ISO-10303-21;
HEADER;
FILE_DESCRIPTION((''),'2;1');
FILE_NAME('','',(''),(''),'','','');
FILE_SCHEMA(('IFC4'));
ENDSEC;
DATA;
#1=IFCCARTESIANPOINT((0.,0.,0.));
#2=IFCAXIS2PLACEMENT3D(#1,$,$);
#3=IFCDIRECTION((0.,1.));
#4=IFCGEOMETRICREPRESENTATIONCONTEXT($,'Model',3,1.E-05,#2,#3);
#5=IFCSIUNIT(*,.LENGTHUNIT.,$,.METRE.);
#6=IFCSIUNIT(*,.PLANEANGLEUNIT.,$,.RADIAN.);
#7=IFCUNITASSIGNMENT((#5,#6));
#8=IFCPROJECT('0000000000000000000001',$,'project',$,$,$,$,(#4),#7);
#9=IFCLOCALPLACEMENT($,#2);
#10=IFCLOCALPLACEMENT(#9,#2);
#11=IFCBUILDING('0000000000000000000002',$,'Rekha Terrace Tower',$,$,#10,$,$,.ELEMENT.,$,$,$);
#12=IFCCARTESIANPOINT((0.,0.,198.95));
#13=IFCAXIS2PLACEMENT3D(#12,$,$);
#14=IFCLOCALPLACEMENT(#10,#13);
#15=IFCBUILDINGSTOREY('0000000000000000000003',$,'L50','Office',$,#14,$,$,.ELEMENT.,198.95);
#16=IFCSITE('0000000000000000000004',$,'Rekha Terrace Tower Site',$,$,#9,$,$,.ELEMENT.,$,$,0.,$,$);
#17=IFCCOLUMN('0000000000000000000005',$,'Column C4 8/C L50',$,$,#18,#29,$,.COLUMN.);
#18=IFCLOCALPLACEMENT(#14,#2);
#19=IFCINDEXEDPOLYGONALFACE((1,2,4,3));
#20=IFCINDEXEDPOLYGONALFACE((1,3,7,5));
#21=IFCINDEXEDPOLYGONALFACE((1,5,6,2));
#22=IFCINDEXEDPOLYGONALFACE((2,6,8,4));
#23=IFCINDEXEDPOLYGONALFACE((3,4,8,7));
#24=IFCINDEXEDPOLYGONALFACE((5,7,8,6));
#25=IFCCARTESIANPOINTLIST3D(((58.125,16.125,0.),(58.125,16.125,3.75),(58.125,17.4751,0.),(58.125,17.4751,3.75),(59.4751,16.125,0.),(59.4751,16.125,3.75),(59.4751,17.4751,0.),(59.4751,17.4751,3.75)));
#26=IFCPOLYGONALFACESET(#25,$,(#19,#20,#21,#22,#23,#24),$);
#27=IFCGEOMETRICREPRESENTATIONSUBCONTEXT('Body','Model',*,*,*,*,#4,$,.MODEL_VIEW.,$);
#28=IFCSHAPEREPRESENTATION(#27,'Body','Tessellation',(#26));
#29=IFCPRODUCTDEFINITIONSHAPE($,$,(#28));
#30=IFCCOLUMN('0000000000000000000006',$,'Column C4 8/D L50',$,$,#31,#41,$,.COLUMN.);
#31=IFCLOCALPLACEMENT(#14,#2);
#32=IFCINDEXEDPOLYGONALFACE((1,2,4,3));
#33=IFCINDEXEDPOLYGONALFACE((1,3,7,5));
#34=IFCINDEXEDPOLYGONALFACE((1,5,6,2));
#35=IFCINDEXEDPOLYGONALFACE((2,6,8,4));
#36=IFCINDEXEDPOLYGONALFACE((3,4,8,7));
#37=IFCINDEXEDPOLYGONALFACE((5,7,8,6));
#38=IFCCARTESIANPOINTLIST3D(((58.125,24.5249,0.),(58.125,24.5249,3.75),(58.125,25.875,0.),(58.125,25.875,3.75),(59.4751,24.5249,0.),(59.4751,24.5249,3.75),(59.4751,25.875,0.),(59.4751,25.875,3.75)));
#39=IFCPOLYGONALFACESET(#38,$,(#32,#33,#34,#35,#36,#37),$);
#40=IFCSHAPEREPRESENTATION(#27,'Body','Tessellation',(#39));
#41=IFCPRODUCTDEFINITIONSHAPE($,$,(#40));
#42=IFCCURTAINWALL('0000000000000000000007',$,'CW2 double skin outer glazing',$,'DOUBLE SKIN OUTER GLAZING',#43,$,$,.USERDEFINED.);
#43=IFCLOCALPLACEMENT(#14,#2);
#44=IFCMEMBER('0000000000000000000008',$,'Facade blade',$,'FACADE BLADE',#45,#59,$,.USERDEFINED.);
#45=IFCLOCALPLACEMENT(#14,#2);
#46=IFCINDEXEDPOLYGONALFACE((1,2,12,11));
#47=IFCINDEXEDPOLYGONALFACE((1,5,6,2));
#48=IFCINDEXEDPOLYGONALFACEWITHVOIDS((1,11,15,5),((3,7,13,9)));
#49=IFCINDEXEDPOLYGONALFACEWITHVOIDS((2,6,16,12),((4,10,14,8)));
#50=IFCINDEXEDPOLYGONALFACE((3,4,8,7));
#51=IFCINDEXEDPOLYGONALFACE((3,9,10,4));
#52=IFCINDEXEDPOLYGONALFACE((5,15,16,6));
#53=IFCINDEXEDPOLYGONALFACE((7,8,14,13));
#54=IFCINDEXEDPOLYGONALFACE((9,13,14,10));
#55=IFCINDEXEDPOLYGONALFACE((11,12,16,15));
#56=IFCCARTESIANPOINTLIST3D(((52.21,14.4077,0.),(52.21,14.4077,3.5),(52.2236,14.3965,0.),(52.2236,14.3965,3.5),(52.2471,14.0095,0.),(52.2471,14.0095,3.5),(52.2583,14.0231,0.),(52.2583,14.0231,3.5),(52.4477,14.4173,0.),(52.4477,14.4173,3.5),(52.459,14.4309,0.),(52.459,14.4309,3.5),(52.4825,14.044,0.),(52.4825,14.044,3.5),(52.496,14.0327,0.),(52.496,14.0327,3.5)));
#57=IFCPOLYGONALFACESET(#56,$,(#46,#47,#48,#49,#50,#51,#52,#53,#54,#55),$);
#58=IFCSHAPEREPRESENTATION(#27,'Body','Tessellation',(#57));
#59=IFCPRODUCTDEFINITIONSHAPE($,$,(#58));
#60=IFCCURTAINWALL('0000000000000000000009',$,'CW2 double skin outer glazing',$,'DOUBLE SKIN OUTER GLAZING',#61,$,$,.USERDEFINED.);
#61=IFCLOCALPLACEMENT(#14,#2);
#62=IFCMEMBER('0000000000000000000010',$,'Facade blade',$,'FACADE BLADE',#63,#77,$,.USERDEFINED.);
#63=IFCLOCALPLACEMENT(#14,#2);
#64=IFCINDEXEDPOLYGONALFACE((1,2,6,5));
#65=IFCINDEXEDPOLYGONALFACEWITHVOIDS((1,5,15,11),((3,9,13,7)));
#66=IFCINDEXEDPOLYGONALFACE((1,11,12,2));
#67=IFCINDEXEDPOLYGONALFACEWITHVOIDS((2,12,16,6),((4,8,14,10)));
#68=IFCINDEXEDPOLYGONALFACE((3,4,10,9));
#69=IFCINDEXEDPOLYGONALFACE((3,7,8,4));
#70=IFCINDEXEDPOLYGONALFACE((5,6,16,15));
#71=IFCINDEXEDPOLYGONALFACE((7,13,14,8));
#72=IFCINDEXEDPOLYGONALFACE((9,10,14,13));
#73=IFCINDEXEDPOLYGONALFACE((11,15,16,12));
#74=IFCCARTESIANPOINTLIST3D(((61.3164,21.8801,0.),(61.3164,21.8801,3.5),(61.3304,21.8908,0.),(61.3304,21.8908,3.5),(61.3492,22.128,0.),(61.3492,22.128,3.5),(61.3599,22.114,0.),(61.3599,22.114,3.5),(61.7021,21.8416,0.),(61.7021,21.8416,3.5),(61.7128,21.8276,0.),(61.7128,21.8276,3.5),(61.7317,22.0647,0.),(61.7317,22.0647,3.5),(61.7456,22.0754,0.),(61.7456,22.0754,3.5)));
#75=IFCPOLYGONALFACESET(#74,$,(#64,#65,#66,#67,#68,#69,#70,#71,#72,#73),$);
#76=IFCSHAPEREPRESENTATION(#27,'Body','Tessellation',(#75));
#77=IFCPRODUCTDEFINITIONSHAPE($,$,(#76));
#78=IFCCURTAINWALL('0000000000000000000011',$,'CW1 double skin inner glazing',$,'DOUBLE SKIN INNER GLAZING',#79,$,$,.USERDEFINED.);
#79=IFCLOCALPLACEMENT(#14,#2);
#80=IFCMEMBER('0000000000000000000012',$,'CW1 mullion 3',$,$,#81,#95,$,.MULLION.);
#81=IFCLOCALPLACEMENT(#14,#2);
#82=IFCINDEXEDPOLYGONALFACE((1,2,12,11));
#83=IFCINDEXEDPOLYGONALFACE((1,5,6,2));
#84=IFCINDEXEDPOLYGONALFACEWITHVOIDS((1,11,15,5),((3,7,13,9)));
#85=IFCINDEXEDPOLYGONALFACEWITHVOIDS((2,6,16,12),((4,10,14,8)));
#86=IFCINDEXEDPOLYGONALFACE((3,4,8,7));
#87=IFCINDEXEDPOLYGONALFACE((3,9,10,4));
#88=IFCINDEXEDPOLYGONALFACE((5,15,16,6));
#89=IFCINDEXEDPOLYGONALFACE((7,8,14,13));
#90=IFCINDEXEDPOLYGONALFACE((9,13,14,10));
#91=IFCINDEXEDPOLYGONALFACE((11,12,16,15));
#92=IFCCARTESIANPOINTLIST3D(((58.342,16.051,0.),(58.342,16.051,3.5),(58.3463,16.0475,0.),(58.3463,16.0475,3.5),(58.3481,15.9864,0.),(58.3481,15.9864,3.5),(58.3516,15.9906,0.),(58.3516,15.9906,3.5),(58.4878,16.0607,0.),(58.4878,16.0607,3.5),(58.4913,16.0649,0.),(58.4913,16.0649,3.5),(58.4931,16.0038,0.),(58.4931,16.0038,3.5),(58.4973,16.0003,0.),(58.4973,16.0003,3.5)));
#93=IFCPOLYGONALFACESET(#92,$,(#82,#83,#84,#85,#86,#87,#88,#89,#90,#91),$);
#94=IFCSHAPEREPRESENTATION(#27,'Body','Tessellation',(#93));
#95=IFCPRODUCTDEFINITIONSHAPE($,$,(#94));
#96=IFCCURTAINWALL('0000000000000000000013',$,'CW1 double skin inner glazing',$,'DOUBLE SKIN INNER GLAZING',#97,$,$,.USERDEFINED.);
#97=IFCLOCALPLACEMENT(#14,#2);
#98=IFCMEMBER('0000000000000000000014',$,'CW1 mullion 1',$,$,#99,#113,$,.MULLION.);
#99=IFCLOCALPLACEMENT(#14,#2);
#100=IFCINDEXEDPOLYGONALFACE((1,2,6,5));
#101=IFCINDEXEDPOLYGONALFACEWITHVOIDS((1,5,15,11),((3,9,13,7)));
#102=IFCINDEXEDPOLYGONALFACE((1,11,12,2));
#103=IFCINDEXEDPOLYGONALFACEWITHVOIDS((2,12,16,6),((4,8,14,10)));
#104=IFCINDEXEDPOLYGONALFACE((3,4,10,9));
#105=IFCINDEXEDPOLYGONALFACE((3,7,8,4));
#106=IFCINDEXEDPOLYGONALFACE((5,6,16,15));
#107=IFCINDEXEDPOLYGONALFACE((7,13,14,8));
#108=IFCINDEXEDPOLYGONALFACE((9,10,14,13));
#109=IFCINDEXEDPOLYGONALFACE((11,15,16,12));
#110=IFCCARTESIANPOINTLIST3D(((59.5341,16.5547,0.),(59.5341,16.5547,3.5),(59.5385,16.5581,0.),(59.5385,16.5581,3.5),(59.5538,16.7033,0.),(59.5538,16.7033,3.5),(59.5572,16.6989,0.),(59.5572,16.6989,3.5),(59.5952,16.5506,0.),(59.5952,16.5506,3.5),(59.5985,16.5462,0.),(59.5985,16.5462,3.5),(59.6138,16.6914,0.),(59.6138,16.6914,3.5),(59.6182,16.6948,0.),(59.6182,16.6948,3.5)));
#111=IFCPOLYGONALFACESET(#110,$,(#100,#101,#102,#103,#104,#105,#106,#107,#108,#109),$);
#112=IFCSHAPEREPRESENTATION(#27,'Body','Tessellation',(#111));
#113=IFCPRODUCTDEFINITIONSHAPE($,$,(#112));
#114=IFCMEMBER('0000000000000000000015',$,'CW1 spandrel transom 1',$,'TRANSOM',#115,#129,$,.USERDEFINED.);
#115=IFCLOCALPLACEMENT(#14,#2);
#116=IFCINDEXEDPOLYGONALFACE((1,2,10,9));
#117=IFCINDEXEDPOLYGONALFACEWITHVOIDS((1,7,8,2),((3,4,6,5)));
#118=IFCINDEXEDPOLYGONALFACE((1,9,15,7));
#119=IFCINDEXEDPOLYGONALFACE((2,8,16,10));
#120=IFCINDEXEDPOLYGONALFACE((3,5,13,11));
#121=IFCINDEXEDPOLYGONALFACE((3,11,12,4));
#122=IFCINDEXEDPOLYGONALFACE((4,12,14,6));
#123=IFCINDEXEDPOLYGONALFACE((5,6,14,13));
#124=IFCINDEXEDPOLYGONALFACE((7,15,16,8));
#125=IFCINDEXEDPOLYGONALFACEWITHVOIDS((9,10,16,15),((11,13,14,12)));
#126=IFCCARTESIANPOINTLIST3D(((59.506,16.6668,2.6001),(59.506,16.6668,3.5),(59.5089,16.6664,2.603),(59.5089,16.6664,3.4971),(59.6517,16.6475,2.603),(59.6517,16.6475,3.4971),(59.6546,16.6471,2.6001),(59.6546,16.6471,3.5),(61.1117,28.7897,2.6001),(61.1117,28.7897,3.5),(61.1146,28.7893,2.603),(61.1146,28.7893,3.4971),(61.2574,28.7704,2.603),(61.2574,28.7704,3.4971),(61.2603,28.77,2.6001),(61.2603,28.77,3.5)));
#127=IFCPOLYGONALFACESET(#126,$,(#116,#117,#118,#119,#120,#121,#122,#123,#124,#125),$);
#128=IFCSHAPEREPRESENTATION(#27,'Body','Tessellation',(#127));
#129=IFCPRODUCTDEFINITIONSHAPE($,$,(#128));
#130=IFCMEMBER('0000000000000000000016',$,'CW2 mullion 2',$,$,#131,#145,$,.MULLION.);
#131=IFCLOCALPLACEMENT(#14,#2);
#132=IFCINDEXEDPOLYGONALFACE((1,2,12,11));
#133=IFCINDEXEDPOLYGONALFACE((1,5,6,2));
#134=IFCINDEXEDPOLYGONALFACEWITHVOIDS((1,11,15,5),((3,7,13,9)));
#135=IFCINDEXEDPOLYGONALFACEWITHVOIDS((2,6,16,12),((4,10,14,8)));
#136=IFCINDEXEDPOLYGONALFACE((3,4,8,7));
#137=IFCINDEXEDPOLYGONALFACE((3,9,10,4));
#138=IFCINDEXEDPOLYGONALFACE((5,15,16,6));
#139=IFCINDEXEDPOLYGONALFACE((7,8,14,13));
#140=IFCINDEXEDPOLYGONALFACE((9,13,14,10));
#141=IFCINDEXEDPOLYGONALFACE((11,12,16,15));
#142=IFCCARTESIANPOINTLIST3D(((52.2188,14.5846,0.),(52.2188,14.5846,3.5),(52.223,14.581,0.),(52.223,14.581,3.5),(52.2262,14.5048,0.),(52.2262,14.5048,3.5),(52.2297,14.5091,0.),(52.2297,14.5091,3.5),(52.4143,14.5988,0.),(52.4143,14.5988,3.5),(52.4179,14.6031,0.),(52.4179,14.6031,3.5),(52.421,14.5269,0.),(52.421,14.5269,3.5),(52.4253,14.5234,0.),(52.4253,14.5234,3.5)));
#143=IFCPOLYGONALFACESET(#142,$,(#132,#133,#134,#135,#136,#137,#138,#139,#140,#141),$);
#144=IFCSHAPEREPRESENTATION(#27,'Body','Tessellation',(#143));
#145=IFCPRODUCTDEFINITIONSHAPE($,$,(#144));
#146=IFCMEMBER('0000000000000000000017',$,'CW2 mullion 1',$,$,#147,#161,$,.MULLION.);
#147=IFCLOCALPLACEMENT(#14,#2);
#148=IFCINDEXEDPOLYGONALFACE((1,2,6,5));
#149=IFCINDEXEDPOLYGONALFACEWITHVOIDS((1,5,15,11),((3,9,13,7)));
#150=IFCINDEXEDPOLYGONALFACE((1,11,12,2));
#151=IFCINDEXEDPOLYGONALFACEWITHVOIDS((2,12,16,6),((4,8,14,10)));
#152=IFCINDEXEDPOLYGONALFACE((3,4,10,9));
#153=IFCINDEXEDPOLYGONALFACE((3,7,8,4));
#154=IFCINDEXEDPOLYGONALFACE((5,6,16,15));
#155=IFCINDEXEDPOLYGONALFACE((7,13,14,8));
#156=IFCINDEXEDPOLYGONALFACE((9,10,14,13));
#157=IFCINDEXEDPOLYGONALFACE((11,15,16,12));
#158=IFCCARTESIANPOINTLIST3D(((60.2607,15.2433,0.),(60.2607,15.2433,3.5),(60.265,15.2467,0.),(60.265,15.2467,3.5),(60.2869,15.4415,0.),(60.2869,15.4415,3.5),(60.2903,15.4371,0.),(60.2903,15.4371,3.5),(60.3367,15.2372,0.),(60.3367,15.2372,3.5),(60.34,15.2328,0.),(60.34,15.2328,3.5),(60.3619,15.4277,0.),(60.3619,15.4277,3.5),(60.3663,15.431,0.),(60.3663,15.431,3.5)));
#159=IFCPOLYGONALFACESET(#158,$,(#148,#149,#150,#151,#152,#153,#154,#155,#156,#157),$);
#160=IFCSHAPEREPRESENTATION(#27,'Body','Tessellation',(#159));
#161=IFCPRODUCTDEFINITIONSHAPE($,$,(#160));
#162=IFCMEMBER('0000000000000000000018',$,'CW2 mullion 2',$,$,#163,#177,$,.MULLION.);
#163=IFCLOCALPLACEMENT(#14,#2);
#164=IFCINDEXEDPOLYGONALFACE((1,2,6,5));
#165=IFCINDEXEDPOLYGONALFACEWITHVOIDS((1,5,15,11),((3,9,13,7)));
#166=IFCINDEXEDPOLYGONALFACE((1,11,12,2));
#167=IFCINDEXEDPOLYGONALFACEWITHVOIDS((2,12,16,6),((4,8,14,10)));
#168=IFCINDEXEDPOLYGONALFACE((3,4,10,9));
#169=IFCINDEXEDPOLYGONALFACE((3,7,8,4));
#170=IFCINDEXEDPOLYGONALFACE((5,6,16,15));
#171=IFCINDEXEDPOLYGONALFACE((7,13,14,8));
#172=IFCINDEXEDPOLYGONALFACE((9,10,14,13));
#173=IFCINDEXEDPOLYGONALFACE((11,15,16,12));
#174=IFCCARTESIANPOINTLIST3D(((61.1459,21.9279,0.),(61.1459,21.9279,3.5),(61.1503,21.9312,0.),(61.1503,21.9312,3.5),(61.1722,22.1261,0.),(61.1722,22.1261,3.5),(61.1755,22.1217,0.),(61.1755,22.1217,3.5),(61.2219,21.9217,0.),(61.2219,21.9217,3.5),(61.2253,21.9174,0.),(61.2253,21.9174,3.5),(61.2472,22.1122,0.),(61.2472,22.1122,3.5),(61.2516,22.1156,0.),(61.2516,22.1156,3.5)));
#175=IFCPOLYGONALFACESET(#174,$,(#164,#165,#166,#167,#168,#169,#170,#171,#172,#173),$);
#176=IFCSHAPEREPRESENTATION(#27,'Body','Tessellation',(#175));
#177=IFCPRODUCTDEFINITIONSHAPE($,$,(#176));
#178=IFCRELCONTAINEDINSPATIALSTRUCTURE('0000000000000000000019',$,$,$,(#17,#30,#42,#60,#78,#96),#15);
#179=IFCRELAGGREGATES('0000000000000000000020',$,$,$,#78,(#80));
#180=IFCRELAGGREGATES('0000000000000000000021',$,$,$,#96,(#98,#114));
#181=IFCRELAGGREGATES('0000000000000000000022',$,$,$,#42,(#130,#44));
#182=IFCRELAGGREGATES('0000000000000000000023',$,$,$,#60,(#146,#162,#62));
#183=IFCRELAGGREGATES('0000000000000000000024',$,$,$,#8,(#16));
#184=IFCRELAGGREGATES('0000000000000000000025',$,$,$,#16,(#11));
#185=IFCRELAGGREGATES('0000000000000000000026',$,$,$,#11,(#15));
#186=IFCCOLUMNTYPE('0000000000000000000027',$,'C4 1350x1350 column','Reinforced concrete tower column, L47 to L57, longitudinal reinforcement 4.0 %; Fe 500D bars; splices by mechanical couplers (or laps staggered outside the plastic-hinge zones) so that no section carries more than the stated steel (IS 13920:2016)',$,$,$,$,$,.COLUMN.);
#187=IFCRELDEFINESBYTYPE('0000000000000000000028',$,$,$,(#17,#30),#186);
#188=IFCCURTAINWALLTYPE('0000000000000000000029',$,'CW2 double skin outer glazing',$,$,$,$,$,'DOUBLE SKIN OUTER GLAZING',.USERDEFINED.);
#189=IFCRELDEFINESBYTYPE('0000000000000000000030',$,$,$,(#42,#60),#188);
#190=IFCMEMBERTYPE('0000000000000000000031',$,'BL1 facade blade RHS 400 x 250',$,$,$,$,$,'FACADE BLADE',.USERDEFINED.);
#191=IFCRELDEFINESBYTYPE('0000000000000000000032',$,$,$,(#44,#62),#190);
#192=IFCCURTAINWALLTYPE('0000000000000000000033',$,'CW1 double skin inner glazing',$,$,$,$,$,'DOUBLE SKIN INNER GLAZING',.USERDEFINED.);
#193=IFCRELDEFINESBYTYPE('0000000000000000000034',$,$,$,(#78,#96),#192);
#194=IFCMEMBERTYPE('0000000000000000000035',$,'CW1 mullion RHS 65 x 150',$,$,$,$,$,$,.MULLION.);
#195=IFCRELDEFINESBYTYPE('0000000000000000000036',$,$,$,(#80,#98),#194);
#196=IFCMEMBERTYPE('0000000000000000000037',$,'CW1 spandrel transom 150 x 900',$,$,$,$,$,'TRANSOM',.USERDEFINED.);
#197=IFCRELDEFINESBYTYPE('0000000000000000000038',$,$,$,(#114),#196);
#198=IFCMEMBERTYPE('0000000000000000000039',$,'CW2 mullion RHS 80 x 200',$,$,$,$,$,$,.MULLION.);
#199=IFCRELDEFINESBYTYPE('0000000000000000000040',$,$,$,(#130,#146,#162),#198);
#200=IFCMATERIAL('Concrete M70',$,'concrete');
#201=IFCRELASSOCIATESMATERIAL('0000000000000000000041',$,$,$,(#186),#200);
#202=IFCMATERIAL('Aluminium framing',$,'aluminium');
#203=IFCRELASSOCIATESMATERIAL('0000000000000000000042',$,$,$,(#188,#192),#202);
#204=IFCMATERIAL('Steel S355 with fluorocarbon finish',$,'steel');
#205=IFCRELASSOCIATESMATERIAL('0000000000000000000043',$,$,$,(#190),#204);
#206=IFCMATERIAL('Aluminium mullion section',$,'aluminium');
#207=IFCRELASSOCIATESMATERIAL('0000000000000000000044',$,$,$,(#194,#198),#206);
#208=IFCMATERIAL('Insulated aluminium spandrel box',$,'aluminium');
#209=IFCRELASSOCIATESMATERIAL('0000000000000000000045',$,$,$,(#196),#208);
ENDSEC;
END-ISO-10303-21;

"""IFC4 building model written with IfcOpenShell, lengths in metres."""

from ifc_helpers import new_model, si_unit, direction, frame, origin, origin_2d, place, context, subcontext, project, spatial, rectangle, hollow_rectangle, extrude, material, material_profile, profile_set, type_object, element, aggregate, save


model = new_model("IFC4")

# Units and contexts
model_context = context("Model", 3, precision=1e-05, world=origin(), true_north=direction((0.0, 1.0)))
body_context = subcontext(model_context, "Body", "Model", "MODEL_VIEW")
ifc_project = project(units=[si_unit("LENGTHUNIT", "METRE"), si_unit("PLANEANGLEUNIT", "RADIAN")], contexts=[model_context])

# Site, building, storey
site_placement = place(None, origin())
site = spatial("IfcSite", under=ifc_project, at=site_placement, Name="Rekha Terrace Tower Site", CompositionType="ELEMENT", RefElevation=0.0)
building_placement = place(site_placement, origin())
building = spatial("IfcBuilding", under=site, at=building_placement, Name="Rekha Terrace Tower", CompositionType="ELEMENT")
storey_placement = place(building_placement, frame((0.0, 0.0, 198.95)))
storey = spatial("IfcBuildingStorey", under=building, at=storey_placement, Name="L50", Description="Office", CompositionType="ELEMENT", Elevation=198.95)

# Columns
ifc_material_1 = material(Name="Concrete M70", Category="concrete")
ifc_material_profile_1 = material_profile(ifc_material_1, rectangle(XDim=1.3501, YDim=1.3501, at=origin_2d()), Name="RC 1350x1350")
ifc_profile_set_1 = profile_set([ifc_material_profile_1], Name="Concrete M70")
column_type = type_object("IfcColumnType", Name="C4 1350x1350 column", Description="Reinforced concrete tower column, L47 to L57, longitudinal reinforcement 4.0 %; Fe 500D bars; splices by mechanical couplers (or laps staggered outside the plastic-hinge zones) so that no section carries more than the stated steel (IS 13920:2016)", PredefinedType="COLUMN", material=ifc_profile_set_1)
for number, where, z_axis, x_axis, name in (
    (1, (58.8, 16.8, 0.0), (0.0, 0.0, 1.0), (1.0, 0.0, 0.0), "Column C4 8/C L50"),
    (2, (58.8, 25.2, 0.0), (0.0, 0.0, 1.0), (1.0, 0.0, 0.0), "Column C4 8/D L50"),
):
    element("IfcColumn", number, at=place(storey_placement, frame(where, z_axis=z_axis, x_axis=x_axis)), inside=storey, type_object=column_type, Name=name, PredefinedType="COLUMN", context=body_context, shape_type="SweptSolid", body=[
        extrude(rectangle(XDim=1.3501, YDim=1.3501, at=origin_2d()), origin(), (0.0, 0.0, 1.0), 3.75),
    ])

# Curtain walls, members
ifc_material_2 = material(Name="Aluminium framing", Category="aluminium")
curtain_wall_type_1 = type_object("IfcCurtainWallType", Name="CW2 double skin outer glazing", ElementType="DOUBLE SKIN OUTER GLAZING", PredefinedType="USERDEFINED", material=ifc_material_2)
curtain_wall_1_placement = place(storey_placement, origin())
curtain_wall_1 = element("IfcCurtainWall", 3, at=curtain_wall_1_placement, inside=storey, type_object=curtain_wall_type_1, Name="CW2 double skin outer glazing", ObjectType="DOUBLE SKIN OUTER GLAZING", PredefinedType="USERDEFINED")
ifc_material_3 = material(Name="Steel S355 with fluorocarbon finish", Category="steel")
ifc_material_profile_2 = material_profile(ifc_material_3, hollow_rectangle(XDim=0.25, YDim=0.3999, WallThickness=0.0125, at=origin_2d()), Name="RHS400x250x12.5")
ifc_profile_set_2 = profile_set([ifc_material_profile_2], Name="Steel S355 with fluorocarbon finish")
member_type_1 = type_object("IfcMemberType", Name="BL1 facade blade RHS 400 x 250", ElementType="FACADE BLADE", PredefinedType="USERDEFINED", material=ifc_profile_set_2)
member_1_placement = place(storey_placement, frame((52.353, 14.2202, 0.0), z_axis=(0.0, 0.0, 1.0), x_axis=(0.995693, 0.092709, 0.0)))
member_1 = element("IfcMember", 4, at=member_1_placement, type_object=member_type_1, Name="Facade blade", ObjectType="FACADE BLADE", PredefinedType="USERDEFINED", context=body_context, shape_type="SweptSolid", body=[
    extrude(hollow_rectangle(XDim=0.25, YDim=0.3999, WallThickness=0.0125, at=origin_2d()), origin(), (0.0, 0.0, 1.0), 3.5),
])
curtain_wall_2_placement = place(storey_placement, origin())
curtain_wall_2 = element("IfcCurtainWall", 5, at=curtain_wall_2_placement, inside=storey, type_object=curtain_wall_type_1, Name="CW2 double skin outer glazing", ObjectType="DOUBLE SKIN OUTER GLAZING", PredefinedType="USERDEFINED")
member_2_placement = place(storey_placement, frame((61.531, 21.9778, 0.0), z_axis=(0.0, 0.0, 1.0), x_axis=(0.131303, 0.991342, 0.0)))
member_2 = element("IfcMember", 6, at=member_2_placement, type_object=member_type_1, Name="Facade blade", ObjectType="FACADE BLADE", PredefinedType="USERDEFINED", context=body_context, shape_type="SweptSolid", body=[
    extrude(hollow_rectangle(XDim=0.25, YDim=0.3999, WallThickness=0.0125, at=origin_2d()), origin(), (0.0, 0.0, 1.0), 3.5),
])
curtain_wall_type_2 = type_object("IfcCurtainWallType", Name="CW1 double skin inner glazing", ElementType="DOUBLE SKIN INNER GLAZING", PredefinedType="USERDEFINED", material=ifc_material_2)
curtain_wall_3_placement = place(storey_placement, origin())
curtain_wall_3 = element("IfcCurtainWall", 7, at=curtain_wall_3_placement, inside=storey, type_object=curtain_wall_type_2, Name="CW1 double skin inner glazing", ObjectType="DOUBLE SKIN INNER GLAZING", PredefinedType="USERDEFINED")
ifc_material_4 = material(Name="Aluminium mullion section", Category="aluminium")
ifc_material_profile_3 = material_profile(ifc_material_4, hollow_rectangle(XDim=0.0649, YDim=0.1499, WallThickness=0.0039, at=origin_2d()), Name="AL RHS 65x150")
ifc_profile_set_3 = profile_set([ifc_material_profile_3], Name="Aluminium mullion section")
member_type_2 = type_object("IfcMemberType", Name="CW1 mullion RHS 65 x 150", PredefinedType="MULLION", material=ifc_profile_set_3)
member_3_placement = place(storey_placement, frame((58.4197, 16.0256, 0.0), z_axis=(0.0, 0.0, 1.0), x_axis=(-0.092709, 0.995693, 0.0)))
member_3 = element("IfcMember", 8, at=member_3_placement, type_object=member_type_2, Name="CW1 mullion 3", PredefinedType="MULLION", context=body_context, shape_type="SweptSolid", body=[
    extrude(hollow_rectangle(XDim=0.0649, YDim=0.1499, WallThickness=0.0039, at=origin_2d()), origin(), (0.0, 0.0, 1.0), 3.5),
])

# Curtain wall, members
curtain_wall_4_placement = place(storey_placement, origin())
curtain_wall_4 = element("IfcCurtainWall", 9, at=curtain_wall_4_placement, inside=storey, type_object=curtain_wall_type_2, Name="CW1 double skin inner glazing", ObjectType="DOUBLE SKIN INNER GLAZING", PredefinedType="USERDEFINED")
member_4_placement = place(storey_placement, frame((59.5762, 16.6248, 0.0), z_axis=(0.0, 0.0, 1.0), x_axis=(-0.991342, 0.131304, 0.0)))
member_4 = element("IfcMember", 10, at=member_4_placement, type_object=member_type_2, Name="CW1 mullion 1", PredefinedType="MULLION", context=body_context, shape_type="SweptSolid", body=[
    extrude(hollow_rectangle(XDim=0.0649, YDim=0.1499, WallThickness=0.0039, at=origin_2d()), origin(), (0.0, 0.0, 1.0), 3.5),
])
ifc_material_5 = material(Name="Insulated aluminium spandrel box", Category="aluminium")
ifc_material_profile_4 = material_profile(ifc_material_5, hollow_rectangle(XDim=0.1499, YDim=0.8999, WallThickness=0.0029, at=origin_2d()), Name="AL SPANDREL BOX 150x900")
ifc_profile_set_4 = profile_set([ifc_material_profile_4], Name="Insulated aluminium spandrel box")
member_type_3 = type_object("IfcMemberType", Name="CW1 spandrel transom 150 x 900", ElementType="TRANSOM", PredefinedType="USERDEFINED", material=ifc_profile_set_4)
member_5_placement = place(storey_placement, frame((59.5803, 16.657, 3.05), z_axis=(0.131307, 0.991342, 0.0), x_axis=(-0.991342, 0.131307, 0.0)))
member_5 = element("IfcMember", 11, at=member_5_placement, type_object=member_type_3, Name="CW1 spandrel transom 1", ObjectType="TRANSOM", PredefinedType="USERDEFINED", context=body_context, shape_type="SweptSolid", body=[
    extrude(hollow_rectangle(XDim=0.1499, YDim=0.8999, WallThickness=0.0029, at=origin_2d()), origin(), (0.0, 0.0, 1.0), 12.2288),
])

# Members
ifc_material_profile_5 = material_profile(ifc_material_4, hollow_rectangle(XDim=0.0801, YDim=0.2, WallThickness=0.0039, at=origin_2d()), Name="AL RHS 80x200")
ifc_profile_set_5 = profile_set([ifc_material_profile_5], Name="Aluminium mullion section")
member_type_4 = type_object("IfcMemberType", Name="CW2 mullion RHS 80 x 200", PredefinedType="MULLION", material=ifc_profile_set_5)
member_6_placement = place(storey_placement, frame((52.322, 14.554, 0.0), z_axis=(0.0, 0.0, 1.0), x_axis=(-0.092709, 0.995693, 0.0)))
member_6 = element("IfcMember", 12, at=member_6_placement, type_object=member_type_4, Name="CW2 mullion 2", PredefinedType="MULLION", context=body_context, shape_type="SweptSolid", body=[
    extrude(hollow_rectangle(XDim=0.0801, YDim=0.2, WallThickness=0.0039, at=origin_2d()), origin(), (0.0, 0.0, 1.0), 3.5),
])
member_7_placement = place(storey_placement, frame((60.3135, 15.3372, 0.0), z_axis=(0.0, 0.0, 1.0), x_axis=(-0.991342, 0.131304, 0.0)))
member_7 = element("IfcMember", 13, at=member_7_placement, type_object=member_type_4, Name="CW2 mullion 1", PredefinedType="MULLION", context=body_context, shape_type="SweptSolid", body=[
    extrude(hollow_rectangle(XDim=0.0801, YDim=0.2, WallThickness=0.0039, at=origin_2d()), origin(), (0.0, 0.0, 1.0), 3.5),
])
member_8_placement = place(storey_placement, frame((61.1987, 22.0217, 0.0), z_axis=(0.0, 0.0, 1.0), x_axis=(-0.991342, 0.131304, 0.0)))
member_8 = element("IfcMember", 14, at=member_8_placement, type_object=member_type_4, Name="CW2 mullion 2", PredefinedType="MULLION", context=body_context, shape_type="SweptSolid", body=[
    extrude(hollow_rectangle(XDim=0.0801, YDim=0.2, WallThickness=0.0039, at=origin_2d()), origin(), (0.0, 0.0, 1.0), 3.5),
])

aggregate(curtain_wall_3, [member_3])
aggregate(curtain_wall_4, [member_4, member_5])
aggregate(curtain_wall_1, [member_6, member_1])
aggregate(curtain_wall_2, [member_7, member_8, member_2])

save(model, "model.ifc")
